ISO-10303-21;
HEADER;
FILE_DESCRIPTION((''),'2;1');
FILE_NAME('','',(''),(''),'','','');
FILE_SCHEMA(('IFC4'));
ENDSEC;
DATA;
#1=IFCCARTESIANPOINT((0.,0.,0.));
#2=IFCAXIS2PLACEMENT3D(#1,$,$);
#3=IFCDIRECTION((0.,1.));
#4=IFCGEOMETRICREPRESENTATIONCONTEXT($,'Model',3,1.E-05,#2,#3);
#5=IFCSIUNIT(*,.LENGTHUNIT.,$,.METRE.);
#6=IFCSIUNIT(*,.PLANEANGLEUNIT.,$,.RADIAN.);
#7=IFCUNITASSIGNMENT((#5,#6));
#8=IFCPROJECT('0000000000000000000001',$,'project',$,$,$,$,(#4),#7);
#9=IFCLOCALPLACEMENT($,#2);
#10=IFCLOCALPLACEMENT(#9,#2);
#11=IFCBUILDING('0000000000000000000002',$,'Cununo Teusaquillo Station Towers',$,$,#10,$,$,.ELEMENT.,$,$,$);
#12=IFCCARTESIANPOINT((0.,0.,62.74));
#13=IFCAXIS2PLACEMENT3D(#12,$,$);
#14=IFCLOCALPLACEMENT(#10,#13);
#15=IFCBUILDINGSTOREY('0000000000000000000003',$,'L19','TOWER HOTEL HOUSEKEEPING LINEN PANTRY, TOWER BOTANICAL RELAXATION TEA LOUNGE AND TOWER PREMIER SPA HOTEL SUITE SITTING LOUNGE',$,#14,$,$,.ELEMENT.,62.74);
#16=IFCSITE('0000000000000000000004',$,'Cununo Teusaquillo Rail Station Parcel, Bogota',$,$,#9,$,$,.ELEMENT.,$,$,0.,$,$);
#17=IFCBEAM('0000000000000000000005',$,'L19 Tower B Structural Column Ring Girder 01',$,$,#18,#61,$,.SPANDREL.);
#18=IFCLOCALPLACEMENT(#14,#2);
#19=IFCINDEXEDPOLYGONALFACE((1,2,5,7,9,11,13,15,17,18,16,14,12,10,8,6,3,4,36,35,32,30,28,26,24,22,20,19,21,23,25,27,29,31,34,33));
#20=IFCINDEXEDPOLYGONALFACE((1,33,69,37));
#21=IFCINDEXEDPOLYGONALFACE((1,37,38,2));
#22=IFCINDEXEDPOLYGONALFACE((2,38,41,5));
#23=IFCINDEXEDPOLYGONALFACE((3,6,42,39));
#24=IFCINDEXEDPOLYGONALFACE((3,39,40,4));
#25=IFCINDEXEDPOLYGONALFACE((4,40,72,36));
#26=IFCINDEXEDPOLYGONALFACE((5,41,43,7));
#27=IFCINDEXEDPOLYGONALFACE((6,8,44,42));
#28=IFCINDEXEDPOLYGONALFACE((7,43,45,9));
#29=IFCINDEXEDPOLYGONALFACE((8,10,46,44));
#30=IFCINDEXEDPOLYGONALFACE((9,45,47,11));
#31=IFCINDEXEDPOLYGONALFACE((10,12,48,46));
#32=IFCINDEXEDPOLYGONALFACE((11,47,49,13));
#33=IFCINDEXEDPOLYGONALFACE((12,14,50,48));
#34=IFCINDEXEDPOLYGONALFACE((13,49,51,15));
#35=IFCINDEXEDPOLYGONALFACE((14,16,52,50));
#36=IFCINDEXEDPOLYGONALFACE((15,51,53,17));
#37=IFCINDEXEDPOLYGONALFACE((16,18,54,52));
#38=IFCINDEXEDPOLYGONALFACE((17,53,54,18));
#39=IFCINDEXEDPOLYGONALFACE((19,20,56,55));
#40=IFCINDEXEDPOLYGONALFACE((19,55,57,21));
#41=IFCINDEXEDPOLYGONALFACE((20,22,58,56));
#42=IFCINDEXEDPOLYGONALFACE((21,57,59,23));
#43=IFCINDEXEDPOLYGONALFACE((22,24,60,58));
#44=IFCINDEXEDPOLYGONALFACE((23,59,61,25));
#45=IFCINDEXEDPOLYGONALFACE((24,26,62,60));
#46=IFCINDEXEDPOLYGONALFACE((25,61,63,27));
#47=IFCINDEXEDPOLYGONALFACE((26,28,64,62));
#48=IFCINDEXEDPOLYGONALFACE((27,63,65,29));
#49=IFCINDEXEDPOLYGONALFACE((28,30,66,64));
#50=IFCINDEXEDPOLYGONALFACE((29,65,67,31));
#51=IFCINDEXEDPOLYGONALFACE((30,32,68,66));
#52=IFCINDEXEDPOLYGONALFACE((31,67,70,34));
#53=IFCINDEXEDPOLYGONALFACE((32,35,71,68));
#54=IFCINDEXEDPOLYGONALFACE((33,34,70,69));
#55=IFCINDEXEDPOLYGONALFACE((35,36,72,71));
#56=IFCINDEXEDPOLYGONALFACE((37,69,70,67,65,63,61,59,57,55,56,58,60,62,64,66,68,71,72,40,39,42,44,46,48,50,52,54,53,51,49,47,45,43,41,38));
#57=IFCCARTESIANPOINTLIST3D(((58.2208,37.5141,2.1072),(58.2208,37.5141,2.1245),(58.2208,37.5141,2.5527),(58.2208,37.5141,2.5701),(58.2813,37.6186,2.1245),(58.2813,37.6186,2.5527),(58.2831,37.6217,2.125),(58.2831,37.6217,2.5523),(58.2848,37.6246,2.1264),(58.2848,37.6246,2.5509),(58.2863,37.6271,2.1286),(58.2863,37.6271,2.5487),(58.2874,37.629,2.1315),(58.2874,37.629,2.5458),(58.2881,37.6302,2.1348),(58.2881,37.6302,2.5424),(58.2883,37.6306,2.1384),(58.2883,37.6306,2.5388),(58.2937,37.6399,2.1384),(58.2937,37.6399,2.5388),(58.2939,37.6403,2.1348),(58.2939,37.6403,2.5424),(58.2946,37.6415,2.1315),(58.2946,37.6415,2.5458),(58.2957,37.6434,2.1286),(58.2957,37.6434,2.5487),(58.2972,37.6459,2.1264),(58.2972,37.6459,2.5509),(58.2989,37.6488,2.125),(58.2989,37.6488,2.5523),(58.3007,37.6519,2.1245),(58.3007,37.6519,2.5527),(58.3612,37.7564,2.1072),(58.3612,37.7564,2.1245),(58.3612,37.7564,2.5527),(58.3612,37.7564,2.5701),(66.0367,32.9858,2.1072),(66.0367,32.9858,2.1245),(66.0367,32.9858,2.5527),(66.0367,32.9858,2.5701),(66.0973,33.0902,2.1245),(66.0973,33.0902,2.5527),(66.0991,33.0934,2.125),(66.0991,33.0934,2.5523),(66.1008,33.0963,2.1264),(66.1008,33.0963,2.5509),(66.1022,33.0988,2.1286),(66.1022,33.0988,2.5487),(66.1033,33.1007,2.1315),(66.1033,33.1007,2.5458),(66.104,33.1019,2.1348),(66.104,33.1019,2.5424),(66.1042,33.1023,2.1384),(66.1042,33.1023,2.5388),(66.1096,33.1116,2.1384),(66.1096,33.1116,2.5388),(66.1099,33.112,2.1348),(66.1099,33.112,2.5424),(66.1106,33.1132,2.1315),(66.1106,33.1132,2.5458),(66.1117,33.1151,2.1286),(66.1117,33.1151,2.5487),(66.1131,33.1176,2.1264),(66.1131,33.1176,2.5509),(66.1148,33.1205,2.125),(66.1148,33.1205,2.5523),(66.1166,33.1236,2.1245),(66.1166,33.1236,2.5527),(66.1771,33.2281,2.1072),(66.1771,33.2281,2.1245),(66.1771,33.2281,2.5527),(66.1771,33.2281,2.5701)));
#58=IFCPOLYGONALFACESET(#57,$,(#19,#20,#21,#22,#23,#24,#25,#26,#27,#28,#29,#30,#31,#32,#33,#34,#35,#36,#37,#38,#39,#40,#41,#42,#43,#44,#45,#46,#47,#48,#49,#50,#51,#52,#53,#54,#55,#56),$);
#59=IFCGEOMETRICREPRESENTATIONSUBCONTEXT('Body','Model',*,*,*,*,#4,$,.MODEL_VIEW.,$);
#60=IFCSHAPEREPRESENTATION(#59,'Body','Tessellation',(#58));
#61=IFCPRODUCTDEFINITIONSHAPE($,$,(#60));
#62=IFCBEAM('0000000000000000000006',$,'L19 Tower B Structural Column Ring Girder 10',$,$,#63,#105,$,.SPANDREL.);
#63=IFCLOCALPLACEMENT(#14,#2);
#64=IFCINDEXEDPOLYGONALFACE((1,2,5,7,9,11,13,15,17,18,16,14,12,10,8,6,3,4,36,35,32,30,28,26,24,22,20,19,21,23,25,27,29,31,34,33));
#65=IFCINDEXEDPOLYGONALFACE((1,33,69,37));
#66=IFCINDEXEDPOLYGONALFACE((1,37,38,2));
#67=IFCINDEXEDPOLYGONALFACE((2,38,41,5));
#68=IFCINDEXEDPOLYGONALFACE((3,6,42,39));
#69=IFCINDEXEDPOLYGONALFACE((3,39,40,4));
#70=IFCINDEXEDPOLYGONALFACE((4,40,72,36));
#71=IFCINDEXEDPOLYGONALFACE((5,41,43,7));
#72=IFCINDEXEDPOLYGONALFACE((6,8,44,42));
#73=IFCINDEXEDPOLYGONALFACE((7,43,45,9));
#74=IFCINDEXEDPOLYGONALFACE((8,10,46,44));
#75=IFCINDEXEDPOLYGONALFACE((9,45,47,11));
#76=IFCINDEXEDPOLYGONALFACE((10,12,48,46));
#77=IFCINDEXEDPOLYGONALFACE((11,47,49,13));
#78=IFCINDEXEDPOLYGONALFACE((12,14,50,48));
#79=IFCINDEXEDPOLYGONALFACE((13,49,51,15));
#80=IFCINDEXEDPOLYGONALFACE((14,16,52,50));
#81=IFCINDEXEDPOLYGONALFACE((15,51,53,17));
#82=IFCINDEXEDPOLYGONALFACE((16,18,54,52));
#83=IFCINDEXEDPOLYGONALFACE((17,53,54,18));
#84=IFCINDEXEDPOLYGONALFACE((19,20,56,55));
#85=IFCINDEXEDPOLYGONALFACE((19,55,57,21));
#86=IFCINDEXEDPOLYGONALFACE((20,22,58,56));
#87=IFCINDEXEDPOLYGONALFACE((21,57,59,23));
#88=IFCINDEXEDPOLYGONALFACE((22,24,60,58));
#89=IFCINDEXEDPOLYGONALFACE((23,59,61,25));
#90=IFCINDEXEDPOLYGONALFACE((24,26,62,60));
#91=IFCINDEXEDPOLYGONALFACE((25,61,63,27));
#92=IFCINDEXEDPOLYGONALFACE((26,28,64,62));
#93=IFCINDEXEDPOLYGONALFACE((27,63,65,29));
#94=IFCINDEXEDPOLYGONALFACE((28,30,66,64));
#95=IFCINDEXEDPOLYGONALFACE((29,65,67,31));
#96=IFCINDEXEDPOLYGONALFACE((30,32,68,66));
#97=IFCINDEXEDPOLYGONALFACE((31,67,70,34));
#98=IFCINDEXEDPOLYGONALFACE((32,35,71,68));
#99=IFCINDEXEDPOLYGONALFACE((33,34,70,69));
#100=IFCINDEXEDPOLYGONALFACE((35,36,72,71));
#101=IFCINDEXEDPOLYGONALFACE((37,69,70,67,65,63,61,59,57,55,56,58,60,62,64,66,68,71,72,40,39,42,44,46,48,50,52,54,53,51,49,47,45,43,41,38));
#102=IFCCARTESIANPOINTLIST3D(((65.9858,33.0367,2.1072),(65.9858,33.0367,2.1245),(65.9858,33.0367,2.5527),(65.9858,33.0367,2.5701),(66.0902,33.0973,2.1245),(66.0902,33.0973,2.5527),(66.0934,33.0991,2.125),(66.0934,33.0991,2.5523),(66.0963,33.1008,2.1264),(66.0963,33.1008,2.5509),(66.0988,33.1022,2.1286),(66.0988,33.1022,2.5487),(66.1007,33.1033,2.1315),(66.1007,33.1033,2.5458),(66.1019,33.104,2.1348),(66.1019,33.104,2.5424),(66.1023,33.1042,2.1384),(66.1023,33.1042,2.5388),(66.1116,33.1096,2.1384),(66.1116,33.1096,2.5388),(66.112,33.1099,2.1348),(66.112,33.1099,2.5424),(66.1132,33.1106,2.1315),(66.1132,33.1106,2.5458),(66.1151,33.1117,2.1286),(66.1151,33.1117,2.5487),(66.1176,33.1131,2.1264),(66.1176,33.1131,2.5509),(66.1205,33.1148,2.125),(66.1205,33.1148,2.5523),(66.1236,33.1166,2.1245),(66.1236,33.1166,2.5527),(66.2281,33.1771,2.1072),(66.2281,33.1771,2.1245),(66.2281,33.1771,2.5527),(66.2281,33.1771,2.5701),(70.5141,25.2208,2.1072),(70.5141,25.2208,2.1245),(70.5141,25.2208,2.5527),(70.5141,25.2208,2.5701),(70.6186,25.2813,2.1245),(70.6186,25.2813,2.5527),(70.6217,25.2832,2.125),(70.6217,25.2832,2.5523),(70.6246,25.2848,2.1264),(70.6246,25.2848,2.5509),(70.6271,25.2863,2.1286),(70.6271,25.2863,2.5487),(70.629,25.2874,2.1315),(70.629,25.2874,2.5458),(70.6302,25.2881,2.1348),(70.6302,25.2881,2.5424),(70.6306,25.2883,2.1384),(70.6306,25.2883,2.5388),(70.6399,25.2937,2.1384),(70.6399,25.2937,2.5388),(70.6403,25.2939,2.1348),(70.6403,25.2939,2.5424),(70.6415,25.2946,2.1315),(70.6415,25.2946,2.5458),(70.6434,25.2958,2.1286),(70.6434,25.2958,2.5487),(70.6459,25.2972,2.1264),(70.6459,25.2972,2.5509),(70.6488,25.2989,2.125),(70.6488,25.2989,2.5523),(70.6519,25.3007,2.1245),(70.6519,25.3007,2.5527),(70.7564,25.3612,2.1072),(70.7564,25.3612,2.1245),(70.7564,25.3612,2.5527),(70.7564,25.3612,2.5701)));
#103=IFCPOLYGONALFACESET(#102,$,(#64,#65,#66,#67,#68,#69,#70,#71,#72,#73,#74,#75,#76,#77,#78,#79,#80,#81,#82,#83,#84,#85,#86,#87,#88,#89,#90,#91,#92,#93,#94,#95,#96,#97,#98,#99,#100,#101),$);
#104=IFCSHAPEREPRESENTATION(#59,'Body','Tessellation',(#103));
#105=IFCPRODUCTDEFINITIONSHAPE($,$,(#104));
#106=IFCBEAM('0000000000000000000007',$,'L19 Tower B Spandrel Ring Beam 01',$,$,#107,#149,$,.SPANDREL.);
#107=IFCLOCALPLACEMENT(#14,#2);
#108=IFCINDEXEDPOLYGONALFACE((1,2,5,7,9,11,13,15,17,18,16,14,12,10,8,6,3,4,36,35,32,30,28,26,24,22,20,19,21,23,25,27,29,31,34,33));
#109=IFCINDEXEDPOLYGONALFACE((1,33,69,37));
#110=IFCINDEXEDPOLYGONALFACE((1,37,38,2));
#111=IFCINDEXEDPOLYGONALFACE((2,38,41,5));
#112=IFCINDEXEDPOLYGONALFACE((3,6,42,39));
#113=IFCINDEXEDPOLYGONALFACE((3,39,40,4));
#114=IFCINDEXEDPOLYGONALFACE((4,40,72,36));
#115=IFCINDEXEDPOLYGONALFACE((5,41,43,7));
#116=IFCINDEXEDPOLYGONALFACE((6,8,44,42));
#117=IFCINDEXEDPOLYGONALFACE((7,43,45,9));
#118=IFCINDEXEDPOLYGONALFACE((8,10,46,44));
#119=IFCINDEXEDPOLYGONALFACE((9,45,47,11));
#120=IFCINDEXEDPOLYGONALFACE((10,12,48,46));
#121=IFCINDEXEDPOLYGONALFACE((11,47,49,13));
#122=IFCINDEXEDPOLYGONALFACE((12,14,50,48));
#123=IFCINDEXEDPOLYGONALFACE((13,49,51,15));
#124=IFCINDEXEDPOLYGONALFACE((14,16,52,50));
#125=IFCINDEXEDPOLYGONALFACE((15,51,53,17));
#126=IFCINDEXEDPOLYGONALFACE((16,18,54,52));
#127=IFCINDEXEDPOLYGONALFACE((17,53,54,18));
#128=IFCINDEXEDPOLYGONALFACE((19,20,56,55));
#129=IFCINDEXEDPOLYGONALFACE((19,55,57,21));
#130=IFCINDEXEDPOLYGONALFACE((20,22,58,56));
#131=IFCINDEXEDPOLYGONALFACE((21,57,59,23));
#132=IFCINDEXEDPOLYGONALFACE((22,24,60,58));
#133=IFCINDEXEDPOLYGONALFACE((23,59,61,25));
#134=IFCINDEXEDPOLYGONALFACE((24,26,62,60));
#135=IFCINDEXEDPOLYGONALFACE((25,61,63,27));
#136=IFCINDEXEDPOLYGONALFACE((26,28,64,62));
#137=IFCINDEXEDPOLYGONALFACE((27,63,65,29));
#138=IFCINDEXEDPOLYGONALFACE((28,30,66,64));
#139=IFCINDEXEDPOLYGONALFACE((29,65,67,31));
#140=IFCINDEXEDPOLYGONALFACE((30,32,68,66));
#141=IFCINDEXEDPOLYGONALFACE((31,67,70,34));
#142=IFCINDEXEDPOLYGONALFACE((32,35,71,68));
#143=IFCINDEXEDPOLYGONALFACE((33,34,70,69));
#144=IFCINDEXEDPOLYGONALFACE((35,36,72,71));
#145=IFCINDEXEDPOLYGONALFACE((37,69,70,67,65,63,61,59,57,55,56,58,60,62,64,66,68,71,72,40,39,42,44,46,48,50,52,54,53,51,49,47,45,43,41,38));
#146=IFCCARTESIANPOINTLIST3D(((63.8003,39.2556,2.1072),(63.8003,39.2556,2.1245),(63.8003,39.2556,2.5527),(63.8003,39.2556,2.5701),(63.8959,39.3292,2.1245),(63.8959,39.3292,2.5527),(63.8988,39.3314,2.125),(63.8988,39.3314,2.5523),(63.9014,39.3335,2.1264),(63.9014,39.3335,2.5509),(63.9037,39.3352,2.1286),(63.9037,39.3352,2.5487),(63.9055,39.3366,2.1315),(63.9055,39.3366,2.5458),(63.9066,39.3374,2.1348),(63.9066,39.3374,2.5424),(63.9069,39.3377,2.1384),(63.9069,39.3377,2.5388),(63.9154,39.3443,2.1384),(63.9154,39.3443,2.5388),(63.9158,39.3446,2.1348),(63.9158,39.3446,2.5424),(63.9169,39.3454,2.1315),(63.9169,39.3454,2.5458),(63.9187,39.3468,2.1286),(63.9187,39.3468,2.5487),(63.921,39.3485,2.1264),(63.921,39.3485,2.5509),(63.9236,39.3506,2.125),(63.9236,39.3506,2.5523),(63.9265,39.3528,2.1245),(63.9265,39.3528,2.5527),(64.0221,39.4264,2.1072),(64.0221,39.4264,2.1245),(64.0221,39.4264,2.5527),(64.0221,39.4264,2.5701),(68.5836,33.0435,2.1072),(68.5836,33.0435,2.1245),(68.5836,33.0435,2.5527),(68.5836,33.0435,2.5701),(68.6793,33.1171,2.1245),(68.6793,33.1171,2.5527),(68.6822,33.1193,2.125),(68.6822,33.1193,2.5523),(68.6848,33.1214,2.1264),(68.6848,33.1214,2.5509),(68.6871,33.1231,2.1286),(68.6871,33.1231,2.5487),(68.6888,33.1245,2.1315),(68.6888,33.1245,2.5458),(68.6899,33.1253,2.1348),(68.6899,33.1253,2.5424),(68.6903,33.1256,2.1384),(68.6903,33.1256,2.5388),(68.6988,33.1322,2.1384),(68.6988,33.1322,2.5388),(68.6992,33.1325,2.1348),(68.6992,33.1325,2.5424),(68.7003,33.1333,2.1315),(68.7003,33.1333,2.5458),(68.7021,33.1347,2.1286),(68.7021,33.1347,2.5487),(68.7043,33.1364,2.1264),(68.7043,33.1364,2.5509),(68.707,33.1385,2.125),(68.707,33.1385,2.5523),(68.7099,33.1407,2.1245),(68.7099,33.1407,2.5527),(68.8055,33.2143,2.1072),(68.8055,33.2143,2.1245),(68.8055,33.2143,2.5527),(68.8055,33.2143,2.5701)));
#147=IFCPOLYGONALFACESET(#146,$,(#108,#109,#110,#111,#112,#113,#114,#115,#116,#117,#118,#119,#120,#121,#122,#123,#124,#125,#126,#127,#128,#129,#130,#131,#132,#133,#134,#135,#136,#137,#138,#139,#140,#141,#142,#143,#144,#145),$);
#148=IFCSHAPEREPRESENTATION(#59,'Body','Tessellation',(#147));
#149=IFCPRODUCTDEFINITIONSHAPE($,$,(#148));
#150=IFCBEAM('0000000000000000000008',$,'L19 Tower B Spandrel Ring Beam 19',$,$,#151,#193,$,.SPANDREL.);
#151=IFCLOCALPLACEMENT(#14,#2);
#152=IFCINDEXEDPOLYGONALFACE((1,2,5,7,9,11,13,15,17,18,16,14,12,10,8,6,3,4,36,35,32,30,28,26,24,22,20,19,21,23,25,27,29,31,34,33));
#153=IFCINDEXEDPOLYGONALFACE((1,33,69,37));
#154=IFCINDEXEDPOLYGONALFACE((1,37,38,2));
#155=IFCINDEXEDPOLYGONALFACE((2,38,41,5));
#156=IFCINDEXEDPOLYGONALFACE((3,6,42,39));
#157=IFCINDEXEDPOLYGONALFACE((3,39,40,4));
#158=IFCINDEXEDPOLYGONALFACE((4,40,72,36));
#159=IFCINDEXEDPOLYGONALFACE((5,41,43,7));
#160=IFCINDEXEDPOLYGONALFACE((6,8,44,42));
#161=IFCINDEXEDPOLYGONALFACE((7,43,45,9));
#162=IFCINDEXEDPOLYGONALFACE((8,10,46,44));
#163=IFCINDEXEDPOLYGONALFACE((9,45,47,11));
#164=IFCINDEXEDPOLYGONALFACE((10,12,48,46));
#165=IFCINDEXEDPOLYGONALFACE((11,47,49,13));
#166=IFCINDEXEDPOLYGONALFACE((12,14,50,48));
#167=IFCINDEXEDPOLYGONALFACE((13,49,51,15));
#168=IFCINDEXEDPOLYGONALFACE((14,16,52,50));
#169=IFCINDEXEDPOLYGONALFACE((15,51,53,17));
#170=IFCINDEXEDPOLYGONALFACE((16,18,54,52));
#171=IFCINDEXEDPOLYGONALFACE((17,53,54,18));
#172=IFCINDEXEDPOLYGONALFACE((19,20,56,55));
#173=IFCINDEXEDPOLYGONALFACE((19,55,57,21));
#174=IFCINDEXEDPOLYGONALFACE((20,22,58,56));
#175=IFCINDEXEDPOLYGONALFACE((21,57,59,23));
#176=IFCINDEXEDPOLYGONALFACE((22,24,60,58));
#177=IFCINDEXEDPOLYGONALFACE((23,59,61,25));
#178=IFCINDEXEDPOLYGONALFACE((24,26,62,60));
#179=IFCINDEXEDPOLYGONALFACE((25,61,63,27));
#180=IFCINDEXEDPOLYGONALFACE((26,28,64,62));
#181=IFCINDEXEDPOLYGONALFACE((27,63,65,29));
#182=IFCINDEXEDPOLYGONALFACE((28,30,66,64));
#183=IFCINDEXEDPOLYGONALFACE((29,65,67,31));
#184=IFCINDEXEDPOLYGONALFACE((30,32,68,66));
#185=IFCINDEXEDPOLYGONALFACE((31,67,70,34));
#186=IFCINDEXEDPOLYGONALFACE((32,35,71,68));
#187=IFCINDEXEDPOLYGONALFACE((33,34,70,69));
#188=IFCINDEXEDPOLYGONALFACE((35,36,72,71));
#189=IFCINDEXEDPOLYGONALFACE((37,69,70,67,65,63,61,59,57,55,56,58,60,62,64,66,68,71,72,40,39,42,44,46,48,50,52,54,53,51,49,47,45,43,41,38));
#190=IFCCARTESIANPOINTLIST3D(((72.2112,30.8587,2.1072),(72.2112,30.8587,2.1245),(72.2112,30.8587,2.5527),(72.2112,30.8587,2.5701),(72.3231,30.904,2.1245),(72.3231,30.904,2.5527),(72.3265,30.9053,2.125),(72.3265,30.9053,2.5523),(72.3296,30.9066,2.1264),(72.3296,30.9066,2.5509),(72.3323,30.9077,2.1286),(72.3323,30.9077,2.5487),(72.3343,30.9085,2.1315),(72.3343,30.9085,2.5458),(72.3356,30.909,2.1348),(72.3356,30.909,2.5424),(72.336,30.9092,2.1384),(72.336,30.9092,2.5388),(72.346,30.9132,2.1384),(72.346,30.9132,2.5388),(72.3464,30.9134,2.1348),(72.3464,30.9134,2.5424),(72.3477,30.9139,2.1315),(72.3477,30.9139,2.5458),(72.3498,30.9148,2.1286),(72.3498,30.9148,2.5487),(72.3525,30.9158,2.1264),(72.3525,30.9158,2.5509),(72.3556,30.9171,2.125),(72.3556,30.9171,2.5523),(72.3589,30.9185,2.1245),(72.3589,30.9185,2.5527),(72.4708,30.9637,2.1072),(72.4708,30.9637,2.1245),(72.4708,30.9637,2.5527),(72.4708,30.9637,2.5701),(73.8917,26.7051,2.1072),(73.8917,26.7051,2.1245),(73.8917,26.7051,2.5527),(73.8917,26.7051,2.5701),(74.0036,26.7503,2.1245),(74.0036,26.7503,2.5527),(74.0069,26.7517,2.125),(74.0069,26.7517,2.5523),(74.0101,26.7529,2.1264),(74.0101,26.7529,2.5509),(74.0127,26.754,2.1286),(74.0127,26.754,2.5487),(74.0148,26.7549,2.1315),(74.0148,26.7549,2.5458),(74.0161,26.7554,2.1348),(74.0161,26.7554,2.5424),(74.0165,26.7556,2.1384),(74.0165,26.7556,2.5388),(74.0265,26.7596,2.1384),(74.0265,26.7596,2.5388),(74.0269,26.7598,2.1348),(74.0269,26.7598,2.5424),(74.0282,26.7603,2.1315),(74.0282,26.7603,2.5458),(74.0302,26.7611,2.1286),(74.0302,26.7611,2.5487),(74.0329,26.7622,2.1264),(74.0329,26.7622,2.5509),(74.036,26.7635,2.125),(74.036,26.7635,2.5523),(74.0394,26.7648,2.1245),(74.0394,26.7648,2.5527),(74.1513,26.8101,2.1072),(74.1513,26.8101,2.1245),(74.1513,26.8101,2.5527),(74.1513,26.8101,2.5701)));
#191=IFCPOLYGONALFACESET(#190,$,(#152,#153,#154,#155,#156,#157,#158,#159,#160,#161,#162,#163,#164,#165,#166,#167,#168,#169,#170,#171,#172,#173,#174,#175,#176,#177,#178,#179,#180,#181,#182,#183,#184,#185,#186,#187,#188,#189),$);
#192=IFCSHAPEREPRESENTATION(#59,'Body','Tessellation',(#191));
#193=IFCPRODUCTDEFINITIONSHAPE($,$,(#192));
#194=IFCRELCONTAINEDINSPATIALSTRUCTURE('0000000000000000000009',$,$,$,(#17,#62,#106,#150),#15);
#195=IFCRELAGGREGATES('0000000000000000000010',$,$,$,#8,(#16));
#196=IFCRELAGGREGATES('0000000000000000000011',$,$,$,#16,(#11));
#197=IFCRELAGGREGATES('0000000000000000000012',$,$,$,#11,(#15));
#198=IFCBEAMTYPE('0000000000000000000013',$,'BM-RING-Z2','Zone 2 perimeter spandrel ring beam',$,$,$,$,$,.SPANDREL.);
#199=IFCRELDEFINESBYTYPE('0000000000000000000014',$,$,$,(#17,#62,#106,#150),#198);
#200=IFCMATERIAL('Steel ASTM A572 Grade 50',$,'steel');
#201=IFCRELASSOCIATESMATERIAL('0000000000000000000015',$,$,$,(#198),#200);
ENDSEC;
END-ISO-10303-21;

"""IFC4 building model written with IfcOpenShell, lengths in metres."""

from ifc_helpers import new_model, si_unit, direction, frame, origin, origin_2d, place, context, subcontext, project, spatial, i_section, extrude, material, material_profile, profile_set, type_object, element, save


model = new_model("IFC4")

# Units and contexts
model_context = context("Model", 3, precision=1e-05, world=origin(), true_north=direction((0.0, 1.0)))
body_context = subcontext(model_context, "Body", "Model", "MODEL_VIEW")
ifc_project = project(units=[si_unit("LENGTHUNIT", "METRE"), si_unit("PLANEANGLEUNIT", "RADIAN")], contexts=[model_context])

# Site, building, storey
site_placement = place(None, origin())
site = spatial("IfcSite", under=ifc_project, at=site_placement, Name="Cununo Teusaquillo Rail Station Parcel, Bogota", CompositionType="ELEMENT", RefElevation=0.0)
building_placement = place(site_placement, origin())
building = spatial("IfcBuilding", under=site, at=building_placement, Name="Cununo Teusaquillo Station Towers", CompositionType="ELEMENT")
storey_placement = place(building_placement, frame((0.0, 0.0, 62.74)))
storey = spatial("IfcBuildingStorey", under=building, at=storey_placement, Name="L19", Description="TOWER HOTEL HOUSEKEEPING LINEN PANTRY, TOWER BOTANICAL RELAXATION TEA LOUNGE AND TOWER PREMIER SPA HOTEL SUITE SITTING LOUNGE", CompositionType="ELEMENT", Elevation=62.74)

# Beams
ifc_material_1 = material(Name="Steel ASTM A572 Grade 50", Category="steel")
ifc_material_profile_1 = material_profile(ifc_material_1, i_section(OverallWidth=0.28, OverallDepth=0.4629, WebThickness=0.0107, FlangeThickness=0.0173, FilletRadius=0.0139, at=origin_2d()), Name="W18X76")
ifc_profile_set_1 = profile_set([ifc_material_profile_1], Name="Steel ASTM A572 Grade 50")
beam_type = type_object("IfcBeamType", Name="BM-RING-Z2", Description="Zone 2 perimeter spandrel ring beam", PredefinedType="SPANDREL", material=ifc_profile_set_1)
for number, where, z_axis, x_axis, name in (
    (1, (66.1069, 33.1069, 2.3386), (-0.865267, 0.501311, 0.0), (-0.501311, -0.865267, 0.0), "L19 Tower B Structural Column Ring Girder 01"),
    (2, (70.6353, 25.291, 2.3386), (-0.501311, 0.865267, 0.0), (-0.865267, -0.501311, 0.0), "L19 Tower B Structural Column Ring Girder 10"),
):
    element("IfcBeam", number, at=place(storey_placement, frame(where, z_axis=z_axis, x_axis=x_axis)), inside=storey, type_object=beam_type, Name=name, PredefinedType="SPANDREL", context=body_context, shape_type="SweptSolid", body=[
        extrude(i_section(OverallWidth=0.28, OverallDepth=0.4629, WebThickness=0.0107, FlangeThickness=0.0173, FilletRadius=0.0139, at=origin_2d()), origin(), (0.0, 0.0, 1.0), 9.033),
    ])
beam_1_placement = place(storey_placement, frame((68.6946, 33.1289, 2.3386), z_axis=(-0.6101, 0.792324, 0.0), x_axis=(-0.792324, -0.6101, 0.0)))
element("IfcBeam", 3, at=beam_1_placement, inside=storey, type_object=beam_type, Name="L19 Tower B Spandrel Ring Beam 01", PredefinedType="SPANDREL", context=body_context, shape_type="SweptSolid", body=[
    extrude(i_section(OverallWidth=0.28, OverallDepth=0.4629, WebThickness=0.0107, FlangeThickness=0.0173, FilletRadius=0.0139, at=origin_2d()), origin(), (0.0, 0.0, 1.0), 7.8403),
])
beam_2_placement = place(storey_placement, frame((74.0215, 26.7576, 2.3386), z_axis=(-0.375042, 0.927008, 0.0), x_axis=(-0.927008, -0.375042, 0.0)))
element("IfcBeam", 4, at=beam_2_placement, inside=storey, type_object=beam_type, Name="L19 Tower B Spandrel Ring Beam 19", PredefinedType="SPANDREL", context=body_context, shape_type="SweptSolid", body=[
    extrude(i_section(OverallWidth=0.28, OverallDepth=0.4629, WebThickness=0.0107, FlangeThickness=0.0173, FilletRadius=0.0139, at=origin_2d()), origin(), (0.0, 0.0, 1.0), 4.4807),
])

save(model, "model.ifc")
